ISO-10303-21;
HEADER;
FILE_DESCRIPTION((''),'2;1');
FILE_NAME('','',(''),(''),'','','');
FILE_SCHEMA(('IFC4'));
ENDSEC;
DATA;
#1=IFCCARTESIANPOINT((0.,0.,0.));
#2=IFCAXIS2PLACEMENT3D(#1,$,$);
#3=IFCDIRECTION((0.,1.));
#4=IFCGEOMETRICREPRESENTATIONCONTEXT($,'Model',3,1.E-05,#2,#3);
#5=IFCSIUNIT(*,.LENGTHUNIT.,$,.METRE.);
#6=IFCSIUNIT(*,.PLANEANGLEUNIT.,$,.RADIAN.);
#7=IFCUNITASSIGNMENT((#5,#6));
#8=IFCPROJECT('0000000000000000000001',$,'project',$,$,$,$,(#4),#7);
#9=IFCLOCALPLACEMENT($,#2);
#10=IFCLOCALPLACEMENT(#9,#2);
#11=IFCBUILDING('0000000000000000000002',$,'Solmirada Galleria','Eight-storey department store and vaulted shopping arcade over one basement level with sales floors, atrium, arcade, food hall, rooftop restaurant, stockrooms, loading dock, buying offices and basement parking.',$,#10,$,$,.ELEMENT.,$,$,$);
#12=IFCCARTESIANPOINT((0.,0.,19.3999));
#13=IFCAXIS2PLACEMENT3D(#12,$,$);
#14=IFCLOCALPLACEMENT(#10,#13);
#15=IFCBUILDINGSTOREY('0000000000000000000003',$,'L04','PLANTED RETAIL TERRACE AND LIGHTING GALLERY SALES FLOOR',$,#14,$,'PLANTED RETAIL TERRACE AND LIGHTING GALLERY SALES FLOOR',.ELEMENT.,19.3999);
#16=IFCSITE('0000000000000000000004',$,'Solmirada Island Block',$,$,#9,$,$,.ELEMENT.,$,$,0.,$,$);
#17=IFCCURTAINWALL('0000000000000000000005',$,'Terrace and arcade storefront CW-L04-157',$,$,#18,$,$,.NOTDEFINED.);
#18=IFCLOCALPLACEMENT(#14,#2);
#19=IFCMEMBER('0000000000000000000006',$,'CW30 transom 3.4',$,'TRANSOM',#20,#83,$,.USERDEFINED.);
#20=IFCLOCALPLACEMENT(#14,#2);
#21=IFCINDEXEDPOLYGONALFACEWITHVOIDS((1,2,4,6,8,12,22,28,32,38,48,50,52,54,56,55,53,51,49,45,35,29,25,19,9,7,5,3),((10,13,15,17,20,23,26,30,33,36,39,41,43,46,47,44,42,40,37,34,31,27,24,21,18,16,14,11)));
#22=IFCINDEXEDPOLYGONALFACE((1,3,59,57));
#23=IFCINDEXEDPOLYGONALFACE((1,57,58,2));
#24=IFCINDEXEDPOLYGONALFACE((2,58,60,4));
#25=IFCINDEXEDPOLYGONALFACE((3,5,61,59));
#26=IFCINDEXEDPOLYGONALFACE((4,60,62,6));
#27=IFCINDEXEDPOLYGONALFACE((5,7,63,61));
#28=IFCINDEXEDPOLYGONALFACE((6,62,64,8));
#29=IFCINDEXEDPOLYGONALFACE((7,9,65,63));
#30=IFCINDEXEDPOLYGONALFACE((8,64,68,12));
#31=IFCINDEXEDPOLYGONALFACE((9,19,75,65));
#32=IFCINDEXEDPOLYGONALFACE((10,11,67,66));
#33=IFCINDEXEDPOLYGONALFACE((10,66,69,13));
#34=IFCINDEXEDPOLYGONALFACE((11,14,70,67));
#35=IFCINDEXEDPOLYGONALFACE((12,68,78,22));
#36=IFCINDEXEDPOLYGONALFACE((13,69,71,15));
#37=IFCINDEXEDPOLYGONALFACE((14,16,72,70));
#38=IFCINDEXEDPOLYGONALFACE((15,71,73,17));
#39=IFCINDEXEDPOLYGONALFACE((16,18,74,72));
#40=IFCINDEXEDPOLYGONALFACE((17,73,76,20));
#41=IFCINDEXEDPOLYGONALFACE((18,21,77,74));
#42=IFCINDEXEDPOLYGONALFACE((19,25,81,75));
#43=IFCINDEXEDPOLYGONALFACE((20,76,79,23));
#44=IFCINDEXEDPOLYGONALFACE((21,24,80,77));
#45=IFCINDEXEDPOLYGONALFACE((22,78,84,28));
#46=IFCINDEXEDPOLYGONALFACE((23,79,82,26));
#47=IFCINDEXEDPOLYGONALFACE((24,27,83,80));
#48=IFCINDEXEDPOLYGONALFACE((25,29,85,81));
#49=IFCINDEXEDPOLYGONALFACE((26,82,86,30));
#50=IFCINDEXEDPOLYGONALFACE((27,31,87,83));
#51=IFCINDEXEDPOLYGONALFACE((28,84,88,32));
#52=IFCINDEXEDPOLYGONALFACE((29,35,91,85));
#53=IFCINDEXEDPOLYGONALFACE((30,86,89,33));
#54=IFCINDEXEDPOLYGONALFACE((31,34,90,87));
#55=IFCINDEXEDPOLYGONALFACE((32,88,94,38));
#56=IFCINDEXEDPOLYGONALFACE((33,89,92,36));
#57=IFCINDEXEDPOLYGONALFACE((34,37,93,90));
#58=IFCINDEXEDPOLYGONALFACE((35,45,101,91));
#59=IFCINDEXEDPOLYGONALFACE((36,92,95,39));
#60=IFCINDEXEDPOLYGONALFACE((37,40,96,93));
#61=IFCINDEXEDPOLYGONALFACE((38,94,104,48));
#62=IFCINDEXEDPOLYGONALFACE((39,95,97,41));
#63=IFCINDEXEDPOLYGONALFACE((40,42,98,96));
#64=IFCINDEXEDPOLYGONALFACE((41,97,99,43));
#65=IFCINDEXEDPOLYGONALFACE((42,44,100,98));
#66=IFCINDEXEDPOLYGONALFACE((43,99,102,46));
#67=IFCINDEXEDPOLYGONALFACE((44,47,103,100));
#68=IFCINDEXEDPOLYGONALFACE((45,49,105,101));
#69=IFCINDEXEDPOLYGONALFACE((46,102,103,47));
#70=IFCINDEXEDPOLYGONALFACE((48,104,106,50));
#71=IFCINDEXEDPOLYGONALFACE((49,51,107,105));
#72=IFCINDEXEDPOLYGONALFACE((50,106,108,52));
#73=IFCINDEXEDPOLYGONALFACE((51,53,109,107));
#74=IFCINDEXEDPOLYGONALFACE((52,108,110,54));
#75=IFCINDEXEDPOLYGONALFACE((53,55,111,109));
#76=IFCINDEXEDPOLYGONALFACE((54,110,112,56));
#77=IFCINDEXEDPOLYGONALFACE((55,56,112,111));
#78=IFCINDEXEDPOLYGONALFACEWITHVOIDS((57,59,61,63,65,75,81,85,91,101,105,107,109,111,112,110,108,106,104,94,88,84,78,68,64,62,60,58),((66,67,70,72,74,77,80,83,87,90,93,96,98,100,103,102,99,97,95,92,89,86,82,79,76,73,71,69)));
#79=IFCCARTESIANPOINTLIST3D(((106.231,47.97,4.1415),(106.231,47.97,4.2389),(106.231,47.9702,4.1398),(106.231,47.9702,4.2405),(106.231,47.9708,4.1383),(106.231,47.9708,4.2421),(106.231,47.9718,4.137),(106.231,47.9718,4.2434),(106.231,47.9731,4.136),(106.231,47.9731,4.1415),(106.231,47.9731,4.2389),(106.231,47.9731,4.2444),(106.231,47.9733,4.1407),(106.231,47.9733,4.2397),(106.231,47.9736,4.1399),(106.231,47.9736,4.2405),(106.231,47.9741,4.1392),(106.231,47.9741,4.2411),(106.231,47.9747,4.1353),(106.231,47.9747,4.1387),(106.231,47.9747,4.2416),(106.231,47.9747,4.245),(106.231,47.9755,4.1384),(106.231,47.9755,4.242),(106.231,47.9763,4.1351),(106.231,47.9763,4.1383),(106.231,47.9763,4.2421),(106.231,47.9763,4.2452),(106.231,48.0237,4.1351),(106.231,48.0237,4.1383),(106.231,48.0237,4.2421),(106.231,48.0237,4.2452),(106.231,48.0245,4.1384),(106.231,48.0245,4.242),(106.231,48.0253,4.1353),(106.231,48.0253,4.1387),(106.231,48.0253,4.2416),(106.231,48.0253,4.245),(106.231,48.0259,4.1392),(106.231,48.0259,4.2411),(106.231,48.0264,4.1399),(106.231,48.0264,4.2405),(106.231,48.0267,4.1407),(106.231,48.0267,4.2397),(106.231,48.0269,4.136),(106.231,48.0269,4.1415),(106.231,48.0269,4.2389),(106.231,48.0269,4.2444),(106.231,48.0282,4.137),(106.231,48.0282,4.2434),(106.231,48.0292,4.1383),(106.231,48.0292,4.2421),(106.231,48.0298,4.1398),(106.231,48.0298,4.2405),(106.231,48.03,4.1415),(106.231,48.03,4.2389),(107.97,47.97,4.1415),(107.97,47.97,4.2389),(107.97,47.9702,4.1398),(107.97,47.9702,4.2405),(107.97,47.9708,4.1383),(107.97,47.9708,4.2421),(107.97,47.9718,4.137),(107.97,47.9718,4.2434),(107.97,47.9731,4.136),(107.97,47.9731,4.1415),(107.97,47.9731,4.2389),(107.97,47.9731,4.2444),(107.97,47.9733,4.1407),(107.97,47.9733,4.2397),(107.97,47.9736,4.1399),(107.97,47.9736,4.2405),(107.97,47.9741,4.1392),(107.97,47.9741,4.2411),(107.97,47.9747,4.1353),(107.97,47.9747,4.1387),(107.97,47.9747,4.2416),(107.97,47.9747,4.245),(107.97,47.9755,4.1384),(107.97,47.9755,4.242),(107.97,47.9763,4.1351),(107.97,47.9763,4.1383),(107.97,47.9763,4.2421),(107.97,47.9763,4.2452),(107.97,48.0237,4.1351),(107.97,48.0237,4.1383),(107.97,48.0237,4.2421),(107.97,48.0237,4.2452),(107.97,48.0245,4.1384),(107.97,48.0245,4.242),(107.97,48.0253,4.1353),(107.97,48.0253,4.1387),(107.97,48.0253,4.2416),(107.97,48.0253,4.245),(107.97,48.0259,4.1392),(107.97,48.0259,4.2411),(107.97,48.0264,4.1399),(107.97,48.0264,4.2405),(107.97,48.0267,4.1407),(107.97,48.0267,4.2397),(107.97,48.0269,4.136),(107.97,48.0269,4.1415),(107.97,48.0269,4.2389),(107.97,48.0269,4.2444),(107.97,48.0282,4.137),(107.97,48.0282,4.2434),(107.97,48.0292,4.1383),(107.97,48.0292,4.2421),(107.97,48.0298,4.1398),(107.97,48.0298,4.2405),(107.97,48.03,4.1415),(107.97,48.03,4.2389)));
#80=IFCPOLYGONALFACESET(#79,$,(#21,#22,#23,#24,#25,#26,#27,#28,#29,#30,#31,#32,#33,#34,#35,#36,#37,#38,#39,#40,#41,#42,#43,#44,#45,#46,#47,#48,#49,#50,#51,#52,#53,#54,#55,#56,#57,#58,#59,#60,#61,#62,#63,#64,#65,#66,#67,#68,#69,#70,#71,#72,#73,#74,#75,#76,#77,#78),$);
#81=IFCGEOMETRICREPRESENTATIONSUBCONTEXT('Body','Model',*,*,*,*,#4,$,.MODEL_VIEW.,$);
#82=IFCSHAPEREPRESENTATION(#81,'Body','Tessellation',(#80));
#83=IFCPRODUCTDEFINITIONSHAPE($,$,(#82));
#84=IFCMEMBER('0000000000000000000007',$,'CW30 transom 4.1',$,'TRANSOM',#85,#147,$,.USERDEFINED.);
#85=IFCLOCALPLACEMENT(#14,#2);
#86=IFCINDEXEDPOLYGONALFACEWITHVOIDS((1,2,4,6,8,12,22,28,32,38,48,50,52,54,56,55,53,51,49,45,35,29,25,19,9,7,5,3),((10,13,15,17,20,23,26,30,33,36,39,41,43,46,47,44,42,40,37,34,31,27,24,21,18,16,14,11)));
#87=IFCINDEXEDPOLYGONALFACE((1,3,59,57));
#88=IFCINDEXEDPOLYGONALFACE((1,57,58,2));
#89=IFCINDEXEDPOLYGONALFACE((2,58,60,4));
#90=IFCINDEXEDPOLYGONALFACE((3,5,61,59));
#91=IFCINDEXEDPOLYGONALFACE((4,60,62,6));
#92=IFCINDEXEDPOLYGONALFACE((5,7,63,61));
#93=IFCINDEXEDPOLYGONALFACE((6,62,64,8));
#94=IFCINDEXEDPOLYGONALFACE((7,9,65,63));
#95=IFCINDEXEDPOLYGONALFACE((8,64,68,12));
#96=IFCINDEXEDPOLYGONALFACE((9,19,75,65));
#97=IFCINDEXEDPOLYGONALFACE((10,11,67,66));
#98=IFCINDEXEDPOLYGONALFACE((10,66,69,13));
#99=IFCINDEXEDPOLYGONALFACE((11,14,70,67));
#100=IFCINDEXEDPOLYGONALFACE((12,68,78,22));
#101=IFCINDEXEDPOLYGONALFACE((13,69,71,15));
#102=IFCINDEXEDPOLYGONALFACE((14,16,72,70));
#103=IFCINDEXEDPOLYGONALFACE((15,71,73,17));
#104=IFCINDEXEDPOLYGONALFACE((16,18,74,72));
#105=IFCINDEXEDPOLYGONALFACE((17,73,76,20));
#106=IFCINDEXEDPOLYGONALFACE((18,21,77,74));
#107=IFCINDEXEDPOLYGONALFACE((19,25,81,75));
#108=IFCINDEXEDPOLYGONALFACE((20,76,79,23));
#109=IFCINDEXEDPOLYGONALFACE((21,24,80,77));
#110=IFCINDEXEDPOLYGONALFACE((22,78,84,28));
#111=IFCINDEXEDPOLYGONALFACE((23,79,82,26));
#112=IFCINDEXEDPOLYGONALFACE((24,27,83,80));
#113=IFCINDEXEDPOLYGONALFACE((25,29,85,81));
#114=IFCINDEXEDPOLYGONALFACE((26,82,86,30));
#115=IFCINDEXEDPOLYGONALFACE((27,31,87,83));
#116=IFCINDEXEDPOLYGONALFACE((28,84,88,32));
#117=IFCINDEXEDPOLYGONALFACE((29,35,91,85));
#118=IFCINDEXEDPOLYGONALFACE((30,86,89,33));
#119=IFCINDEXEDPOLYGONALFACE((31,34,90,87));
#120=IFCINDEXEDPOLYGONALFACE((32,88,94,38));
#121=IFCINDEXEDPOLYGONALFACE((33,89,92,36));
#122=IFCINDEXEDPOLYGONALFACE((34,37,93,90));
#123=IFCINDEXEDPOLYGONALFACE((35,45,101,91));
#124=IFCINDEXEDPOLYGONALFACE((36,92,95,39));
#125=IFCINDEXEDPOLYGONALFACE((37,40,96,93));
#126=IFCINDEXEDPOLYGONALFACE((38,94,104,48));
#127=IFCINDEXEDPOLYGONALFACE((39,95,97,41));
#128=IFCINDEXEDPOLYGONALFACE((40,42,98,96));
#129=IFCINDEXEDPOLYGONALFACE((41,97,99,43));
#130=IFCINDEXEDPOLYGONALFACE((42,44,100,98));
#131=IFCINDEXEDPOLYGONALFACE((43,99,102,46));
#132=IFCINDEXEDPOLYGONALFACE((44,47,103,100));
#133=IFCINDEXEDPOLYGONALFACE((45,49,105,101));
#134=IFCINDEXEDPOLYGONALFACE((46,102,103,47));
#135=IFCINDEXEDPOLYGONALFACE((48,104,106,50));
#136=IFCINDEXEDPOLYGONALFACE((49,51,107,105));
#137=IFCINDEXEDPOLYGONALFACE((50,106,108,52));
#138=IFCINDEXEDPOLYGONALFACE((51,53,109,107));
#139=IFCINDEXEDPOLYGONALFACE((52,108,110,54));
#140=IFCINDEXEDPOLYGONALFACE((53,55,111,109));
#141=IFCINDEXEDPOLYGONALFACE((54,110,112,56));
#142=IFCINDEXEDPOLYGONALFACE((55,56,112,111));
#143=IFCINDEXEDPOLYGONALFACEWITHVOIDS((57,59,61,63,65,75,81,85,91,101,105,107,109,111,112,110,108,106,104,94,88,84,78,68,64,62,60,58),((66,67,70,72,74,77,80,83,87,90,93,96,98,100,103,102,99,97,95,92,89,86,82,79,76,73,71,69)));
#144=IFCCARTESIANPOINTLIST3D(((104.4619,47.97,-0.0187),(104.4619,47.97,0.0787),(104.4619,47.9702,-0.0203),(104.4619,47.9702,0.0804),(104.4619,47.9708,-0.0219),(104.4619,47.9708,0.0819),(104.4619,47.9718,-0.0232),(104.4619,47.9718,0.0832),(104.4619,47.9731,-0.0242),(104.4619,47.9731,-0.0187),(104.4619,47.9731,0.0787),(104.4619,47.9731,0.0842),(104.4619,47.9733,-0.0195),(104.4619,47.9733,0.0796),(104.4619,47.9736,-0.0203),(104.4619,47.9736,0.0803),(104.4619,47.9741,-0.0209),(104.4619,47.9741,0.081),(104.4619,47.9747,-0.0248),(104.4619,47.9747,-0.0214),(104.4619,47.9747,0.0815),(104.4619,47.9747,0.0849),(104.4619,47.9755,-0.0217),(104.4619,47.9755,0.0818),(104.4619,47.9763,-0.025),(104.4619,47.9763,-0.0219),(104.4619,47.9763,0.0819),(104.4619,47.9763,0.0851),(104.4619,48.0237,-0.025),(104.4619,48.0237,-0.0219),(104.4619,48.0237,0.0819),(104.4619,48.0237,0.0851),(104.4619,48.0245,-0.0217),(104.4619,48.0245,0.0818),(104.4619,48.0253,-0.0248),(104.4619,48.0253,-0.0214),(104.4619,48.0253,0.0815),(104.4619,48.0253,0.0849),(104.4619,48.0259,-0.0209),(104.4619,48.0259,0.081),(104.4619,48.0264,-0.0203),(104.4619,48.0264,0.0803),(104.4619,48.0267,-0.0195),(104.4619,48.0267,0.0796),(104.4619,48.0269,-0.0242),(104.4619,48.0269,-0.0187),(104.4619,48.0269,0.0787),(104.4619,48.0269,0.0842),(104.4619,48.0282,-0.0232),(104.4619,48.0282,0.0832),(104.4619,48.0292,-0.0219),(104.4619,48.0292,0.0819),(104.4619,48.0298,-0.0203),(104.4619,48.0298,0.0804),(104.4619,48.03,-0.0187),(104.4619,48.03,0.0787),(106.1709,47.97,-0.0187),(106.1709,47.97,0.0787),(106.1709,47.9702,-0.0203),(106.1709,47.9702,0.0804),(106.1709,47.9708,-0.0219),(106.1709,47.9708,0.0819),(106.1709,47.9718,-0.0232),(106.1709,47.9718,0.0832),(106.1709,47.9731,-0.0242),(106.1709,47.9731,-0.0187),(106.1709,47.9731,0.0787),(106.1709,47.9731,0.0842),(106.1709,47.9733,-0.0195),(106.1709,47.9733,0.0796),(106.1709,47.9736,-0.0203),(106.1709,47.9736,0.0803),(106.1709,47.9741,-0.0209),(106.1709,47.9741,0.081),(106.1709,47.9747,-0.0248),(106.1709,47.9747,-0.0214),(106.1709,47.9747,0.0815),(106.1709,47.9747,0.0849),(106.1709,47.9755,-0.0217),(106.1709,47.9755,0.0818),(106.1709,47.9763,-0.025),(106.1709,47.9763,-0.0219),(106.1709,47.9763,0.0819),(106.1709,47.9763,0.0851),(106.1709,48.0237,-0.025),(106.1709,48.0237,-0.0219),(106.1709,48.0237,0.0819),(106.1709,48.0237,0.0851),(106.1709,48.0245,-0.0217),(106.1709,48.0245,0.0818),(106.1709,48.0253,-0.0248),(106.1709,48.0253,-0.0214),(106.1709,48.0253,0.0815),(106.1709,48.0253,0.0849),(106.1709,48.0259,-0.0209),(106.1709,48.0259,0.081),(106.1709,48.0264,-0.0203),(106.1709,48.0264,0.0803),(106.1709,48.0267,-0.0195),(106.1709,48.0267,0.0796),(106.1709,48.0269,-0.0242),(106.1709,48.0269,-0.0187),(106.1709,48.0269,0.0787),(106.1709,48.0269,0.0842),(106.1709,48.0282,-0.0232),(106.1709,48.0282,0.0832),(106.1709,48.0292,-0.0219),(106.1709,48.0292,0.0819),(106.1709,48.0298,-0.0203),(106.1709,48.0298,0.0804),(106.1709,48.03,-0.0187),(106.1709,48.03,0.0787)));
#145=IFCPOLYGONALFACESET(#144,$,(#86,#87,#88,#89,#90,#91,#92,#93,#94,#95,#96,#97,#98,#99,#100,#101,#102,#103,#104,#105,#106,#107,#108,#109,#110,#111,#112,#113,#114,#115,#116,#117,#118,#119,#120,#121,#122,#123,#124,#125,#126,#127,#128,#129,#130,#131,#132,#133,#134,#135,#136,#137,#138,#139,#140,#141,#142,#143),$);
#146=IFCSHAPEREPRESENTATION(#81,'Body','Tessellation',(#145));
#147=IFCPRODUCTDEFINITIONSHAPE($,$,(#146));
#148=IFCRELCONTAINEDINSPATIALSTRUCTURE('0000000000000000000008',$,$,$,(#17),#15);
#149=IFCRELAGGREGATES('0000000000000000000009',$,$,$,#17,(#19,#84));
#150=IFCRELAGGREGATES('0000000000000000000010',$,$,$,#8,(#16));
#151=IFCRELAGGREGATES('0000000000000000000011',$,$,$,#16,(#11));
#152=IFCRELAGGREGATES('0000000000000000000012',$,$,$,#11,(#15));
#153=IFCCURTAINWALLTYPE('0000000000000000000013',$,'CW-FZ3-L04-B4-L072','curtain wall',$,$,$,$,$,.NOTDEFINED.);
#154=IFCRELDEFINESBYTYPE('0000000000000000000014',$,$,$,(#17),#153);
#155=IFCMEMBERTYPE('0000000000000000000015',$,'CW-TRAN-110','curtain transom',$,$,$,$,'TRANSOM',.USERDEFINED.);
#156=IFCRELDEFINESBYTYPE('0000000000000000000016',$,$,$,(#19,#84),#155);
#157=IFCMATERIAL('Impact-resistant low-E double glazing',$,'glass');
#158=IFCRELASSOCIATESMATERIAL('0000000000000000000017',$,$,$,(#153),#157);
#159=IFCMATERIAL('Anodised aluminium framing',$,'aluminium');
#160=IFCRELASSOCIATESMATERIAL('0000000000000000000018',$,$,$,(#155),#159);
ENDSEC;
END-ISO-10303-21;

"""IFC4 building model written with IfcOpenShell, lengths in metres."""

from ifc_helpers import new_model, si_unit, direction, frame, origin, origin_2d, place, context, subcontext, project, spatial, hollow_rectangle, extrude, material, material_profile, profile_set, type_object, element, aggregate, save


model = new_model("IFC4")

# Units and contexts
model_context = context("Model", 3, precision=1e-05, world=origin(), true_north=direction((0.0, 1.0)))
body_context = subcontext(model_context, "Body", "Model", "MODEL_VIEW")
ifc_project = project(units=[si_unit("LENGTHUNIT", "METRE"), si_unit("PLANEANGLEUNIT", "RADIAN")], contexts=[model_context])

# Site, building, storey
site_placement = place(None, origin())
site = spatial("IfcSite", under=ifc_project, at=site_placement, Name="Solmirada Island Block", CompositionType="ELEMENT", RefElevation=0.0)
building_placement = place(site_placement, origin())
building = spatial("IfcBuilding", under=site, at=building_placement, Name="Solmirada Galleria", Description="Eight-storey department store and vaulted shopping arcade over one basement level with sales floors, atrium, arcade, food hall, rooftop restaurant, stockrooms, loading dock, buying offices and basement parking.", CompositionType="ELEMENT")
storey_placement = place(building_placement, frame((0.0, 0.0, 19.3999)))
storey = spatial("IfcBuildingStorey", under=building, at=storey_placement, Name="L04", Description="PLANTED RETAIL TERRACE AND LIGHTING GALLERY SALES FLOOR", LongName="PLANTED RETAIL TERRACE AND LIGHTING GALLERY SALES FLOOR", CompositionType="ELEMENT", Elevation=19.3999)

# Curtain wall
ifc_material_1 = material(Name="Impact-resistant low-E double glazing", Category="glass")
curtain_wall_type = type_object("IfcCurtainWallType", Name="CW-FZ3-L04-B4-L072", Description="curtain wall", PredefinedType="NOTDEFINED", material=ifc_material_1)
curtain_wall_1_placement = place(storey_placement, origin())
curtain_wall_1 = element("IfcCurtainWall", 1, at=curtain_wall_1_placement, inside=storey, type_object=curtain_wall_type, Name="Terrace and arcade storefront CW-L04-157", PredefinedType="NOTDEFINED")
ifc_material_2 = material(Name="Anodised aluminium framing", Category="aluminium")

# Members
ifc_material_profile_1 = material_profile(ifc_material_2, hollow_rectangle(XDim=0.0601, YDim=0.1101, WallThickness=0.0032, InnerFilletRadius=0.0032, OuterFilletRadius=0.0063, at=origin_2d()), Name="ALU-TRAN-110X60")
ifc_profile_set_1 = profile_set([ifc_material_profile_1], Name="Anodised aluminium framing")
member_type_1 = type_object("IfcMemberType", Name="CW-TRAN-110", Description="curtain transom", ElementType="TRANSOM", PredefinedType="USERDEFINED", material=ifc_profile_set_1)
member_1_placement = place(storey_placement, frame((107.97, 48.0, 4.1902), z_axis=(-1.0, 0.0, 0.0), x_axis=(0.0, -1.0, 0.0)))
member_1 = element("IfcMember", 2, at=member_1_placement, type_object=member_type_1, Name="CW30 transom 3.4", ObjectType="TRANSOM", PredefinedType="USERDEFINED", context=body_context, shape_type="SweptSolid", body=[
    extrude(hollow_rectangle(XDim=0.0601, YDim=0.1101, WallThickness=0.0032, InnerFilletRadius=0.0032, OuterFilletRadius=0.0063, at=origin_2d()), origin(), (0.0, 0.0, 1.0), 1.739),
])
member_2_placement = place(storey_placement, frame((106.1709, 48.0, 0.03), z_axis=(-1.0, 0.0, 0.0), x_axis=(0.0, -1.0, 0.0)))
member_2 = element("IfcMember", 3, at=member_2_placement, type_object=member_type_1, Name="CW30 transom 4.1", ObjectType="TRANSOM", PredefinedType="USERDEFINED", context=body_context, shape_type="SweptSolid", body=[
    extrude(hollow_rectangle(XDim=0.0601, YDim=0.1101, WallThickness=0.0032, InnerFilletRadius=0.0032, OuterFilletRadius=0.0063, at=origin_2d()), origin(), (0.0, 0.0, 1.0), 1.709),
])

aggregate(curtain_wall_1, [member_1, member_2])

save(model, "model.ifc")
